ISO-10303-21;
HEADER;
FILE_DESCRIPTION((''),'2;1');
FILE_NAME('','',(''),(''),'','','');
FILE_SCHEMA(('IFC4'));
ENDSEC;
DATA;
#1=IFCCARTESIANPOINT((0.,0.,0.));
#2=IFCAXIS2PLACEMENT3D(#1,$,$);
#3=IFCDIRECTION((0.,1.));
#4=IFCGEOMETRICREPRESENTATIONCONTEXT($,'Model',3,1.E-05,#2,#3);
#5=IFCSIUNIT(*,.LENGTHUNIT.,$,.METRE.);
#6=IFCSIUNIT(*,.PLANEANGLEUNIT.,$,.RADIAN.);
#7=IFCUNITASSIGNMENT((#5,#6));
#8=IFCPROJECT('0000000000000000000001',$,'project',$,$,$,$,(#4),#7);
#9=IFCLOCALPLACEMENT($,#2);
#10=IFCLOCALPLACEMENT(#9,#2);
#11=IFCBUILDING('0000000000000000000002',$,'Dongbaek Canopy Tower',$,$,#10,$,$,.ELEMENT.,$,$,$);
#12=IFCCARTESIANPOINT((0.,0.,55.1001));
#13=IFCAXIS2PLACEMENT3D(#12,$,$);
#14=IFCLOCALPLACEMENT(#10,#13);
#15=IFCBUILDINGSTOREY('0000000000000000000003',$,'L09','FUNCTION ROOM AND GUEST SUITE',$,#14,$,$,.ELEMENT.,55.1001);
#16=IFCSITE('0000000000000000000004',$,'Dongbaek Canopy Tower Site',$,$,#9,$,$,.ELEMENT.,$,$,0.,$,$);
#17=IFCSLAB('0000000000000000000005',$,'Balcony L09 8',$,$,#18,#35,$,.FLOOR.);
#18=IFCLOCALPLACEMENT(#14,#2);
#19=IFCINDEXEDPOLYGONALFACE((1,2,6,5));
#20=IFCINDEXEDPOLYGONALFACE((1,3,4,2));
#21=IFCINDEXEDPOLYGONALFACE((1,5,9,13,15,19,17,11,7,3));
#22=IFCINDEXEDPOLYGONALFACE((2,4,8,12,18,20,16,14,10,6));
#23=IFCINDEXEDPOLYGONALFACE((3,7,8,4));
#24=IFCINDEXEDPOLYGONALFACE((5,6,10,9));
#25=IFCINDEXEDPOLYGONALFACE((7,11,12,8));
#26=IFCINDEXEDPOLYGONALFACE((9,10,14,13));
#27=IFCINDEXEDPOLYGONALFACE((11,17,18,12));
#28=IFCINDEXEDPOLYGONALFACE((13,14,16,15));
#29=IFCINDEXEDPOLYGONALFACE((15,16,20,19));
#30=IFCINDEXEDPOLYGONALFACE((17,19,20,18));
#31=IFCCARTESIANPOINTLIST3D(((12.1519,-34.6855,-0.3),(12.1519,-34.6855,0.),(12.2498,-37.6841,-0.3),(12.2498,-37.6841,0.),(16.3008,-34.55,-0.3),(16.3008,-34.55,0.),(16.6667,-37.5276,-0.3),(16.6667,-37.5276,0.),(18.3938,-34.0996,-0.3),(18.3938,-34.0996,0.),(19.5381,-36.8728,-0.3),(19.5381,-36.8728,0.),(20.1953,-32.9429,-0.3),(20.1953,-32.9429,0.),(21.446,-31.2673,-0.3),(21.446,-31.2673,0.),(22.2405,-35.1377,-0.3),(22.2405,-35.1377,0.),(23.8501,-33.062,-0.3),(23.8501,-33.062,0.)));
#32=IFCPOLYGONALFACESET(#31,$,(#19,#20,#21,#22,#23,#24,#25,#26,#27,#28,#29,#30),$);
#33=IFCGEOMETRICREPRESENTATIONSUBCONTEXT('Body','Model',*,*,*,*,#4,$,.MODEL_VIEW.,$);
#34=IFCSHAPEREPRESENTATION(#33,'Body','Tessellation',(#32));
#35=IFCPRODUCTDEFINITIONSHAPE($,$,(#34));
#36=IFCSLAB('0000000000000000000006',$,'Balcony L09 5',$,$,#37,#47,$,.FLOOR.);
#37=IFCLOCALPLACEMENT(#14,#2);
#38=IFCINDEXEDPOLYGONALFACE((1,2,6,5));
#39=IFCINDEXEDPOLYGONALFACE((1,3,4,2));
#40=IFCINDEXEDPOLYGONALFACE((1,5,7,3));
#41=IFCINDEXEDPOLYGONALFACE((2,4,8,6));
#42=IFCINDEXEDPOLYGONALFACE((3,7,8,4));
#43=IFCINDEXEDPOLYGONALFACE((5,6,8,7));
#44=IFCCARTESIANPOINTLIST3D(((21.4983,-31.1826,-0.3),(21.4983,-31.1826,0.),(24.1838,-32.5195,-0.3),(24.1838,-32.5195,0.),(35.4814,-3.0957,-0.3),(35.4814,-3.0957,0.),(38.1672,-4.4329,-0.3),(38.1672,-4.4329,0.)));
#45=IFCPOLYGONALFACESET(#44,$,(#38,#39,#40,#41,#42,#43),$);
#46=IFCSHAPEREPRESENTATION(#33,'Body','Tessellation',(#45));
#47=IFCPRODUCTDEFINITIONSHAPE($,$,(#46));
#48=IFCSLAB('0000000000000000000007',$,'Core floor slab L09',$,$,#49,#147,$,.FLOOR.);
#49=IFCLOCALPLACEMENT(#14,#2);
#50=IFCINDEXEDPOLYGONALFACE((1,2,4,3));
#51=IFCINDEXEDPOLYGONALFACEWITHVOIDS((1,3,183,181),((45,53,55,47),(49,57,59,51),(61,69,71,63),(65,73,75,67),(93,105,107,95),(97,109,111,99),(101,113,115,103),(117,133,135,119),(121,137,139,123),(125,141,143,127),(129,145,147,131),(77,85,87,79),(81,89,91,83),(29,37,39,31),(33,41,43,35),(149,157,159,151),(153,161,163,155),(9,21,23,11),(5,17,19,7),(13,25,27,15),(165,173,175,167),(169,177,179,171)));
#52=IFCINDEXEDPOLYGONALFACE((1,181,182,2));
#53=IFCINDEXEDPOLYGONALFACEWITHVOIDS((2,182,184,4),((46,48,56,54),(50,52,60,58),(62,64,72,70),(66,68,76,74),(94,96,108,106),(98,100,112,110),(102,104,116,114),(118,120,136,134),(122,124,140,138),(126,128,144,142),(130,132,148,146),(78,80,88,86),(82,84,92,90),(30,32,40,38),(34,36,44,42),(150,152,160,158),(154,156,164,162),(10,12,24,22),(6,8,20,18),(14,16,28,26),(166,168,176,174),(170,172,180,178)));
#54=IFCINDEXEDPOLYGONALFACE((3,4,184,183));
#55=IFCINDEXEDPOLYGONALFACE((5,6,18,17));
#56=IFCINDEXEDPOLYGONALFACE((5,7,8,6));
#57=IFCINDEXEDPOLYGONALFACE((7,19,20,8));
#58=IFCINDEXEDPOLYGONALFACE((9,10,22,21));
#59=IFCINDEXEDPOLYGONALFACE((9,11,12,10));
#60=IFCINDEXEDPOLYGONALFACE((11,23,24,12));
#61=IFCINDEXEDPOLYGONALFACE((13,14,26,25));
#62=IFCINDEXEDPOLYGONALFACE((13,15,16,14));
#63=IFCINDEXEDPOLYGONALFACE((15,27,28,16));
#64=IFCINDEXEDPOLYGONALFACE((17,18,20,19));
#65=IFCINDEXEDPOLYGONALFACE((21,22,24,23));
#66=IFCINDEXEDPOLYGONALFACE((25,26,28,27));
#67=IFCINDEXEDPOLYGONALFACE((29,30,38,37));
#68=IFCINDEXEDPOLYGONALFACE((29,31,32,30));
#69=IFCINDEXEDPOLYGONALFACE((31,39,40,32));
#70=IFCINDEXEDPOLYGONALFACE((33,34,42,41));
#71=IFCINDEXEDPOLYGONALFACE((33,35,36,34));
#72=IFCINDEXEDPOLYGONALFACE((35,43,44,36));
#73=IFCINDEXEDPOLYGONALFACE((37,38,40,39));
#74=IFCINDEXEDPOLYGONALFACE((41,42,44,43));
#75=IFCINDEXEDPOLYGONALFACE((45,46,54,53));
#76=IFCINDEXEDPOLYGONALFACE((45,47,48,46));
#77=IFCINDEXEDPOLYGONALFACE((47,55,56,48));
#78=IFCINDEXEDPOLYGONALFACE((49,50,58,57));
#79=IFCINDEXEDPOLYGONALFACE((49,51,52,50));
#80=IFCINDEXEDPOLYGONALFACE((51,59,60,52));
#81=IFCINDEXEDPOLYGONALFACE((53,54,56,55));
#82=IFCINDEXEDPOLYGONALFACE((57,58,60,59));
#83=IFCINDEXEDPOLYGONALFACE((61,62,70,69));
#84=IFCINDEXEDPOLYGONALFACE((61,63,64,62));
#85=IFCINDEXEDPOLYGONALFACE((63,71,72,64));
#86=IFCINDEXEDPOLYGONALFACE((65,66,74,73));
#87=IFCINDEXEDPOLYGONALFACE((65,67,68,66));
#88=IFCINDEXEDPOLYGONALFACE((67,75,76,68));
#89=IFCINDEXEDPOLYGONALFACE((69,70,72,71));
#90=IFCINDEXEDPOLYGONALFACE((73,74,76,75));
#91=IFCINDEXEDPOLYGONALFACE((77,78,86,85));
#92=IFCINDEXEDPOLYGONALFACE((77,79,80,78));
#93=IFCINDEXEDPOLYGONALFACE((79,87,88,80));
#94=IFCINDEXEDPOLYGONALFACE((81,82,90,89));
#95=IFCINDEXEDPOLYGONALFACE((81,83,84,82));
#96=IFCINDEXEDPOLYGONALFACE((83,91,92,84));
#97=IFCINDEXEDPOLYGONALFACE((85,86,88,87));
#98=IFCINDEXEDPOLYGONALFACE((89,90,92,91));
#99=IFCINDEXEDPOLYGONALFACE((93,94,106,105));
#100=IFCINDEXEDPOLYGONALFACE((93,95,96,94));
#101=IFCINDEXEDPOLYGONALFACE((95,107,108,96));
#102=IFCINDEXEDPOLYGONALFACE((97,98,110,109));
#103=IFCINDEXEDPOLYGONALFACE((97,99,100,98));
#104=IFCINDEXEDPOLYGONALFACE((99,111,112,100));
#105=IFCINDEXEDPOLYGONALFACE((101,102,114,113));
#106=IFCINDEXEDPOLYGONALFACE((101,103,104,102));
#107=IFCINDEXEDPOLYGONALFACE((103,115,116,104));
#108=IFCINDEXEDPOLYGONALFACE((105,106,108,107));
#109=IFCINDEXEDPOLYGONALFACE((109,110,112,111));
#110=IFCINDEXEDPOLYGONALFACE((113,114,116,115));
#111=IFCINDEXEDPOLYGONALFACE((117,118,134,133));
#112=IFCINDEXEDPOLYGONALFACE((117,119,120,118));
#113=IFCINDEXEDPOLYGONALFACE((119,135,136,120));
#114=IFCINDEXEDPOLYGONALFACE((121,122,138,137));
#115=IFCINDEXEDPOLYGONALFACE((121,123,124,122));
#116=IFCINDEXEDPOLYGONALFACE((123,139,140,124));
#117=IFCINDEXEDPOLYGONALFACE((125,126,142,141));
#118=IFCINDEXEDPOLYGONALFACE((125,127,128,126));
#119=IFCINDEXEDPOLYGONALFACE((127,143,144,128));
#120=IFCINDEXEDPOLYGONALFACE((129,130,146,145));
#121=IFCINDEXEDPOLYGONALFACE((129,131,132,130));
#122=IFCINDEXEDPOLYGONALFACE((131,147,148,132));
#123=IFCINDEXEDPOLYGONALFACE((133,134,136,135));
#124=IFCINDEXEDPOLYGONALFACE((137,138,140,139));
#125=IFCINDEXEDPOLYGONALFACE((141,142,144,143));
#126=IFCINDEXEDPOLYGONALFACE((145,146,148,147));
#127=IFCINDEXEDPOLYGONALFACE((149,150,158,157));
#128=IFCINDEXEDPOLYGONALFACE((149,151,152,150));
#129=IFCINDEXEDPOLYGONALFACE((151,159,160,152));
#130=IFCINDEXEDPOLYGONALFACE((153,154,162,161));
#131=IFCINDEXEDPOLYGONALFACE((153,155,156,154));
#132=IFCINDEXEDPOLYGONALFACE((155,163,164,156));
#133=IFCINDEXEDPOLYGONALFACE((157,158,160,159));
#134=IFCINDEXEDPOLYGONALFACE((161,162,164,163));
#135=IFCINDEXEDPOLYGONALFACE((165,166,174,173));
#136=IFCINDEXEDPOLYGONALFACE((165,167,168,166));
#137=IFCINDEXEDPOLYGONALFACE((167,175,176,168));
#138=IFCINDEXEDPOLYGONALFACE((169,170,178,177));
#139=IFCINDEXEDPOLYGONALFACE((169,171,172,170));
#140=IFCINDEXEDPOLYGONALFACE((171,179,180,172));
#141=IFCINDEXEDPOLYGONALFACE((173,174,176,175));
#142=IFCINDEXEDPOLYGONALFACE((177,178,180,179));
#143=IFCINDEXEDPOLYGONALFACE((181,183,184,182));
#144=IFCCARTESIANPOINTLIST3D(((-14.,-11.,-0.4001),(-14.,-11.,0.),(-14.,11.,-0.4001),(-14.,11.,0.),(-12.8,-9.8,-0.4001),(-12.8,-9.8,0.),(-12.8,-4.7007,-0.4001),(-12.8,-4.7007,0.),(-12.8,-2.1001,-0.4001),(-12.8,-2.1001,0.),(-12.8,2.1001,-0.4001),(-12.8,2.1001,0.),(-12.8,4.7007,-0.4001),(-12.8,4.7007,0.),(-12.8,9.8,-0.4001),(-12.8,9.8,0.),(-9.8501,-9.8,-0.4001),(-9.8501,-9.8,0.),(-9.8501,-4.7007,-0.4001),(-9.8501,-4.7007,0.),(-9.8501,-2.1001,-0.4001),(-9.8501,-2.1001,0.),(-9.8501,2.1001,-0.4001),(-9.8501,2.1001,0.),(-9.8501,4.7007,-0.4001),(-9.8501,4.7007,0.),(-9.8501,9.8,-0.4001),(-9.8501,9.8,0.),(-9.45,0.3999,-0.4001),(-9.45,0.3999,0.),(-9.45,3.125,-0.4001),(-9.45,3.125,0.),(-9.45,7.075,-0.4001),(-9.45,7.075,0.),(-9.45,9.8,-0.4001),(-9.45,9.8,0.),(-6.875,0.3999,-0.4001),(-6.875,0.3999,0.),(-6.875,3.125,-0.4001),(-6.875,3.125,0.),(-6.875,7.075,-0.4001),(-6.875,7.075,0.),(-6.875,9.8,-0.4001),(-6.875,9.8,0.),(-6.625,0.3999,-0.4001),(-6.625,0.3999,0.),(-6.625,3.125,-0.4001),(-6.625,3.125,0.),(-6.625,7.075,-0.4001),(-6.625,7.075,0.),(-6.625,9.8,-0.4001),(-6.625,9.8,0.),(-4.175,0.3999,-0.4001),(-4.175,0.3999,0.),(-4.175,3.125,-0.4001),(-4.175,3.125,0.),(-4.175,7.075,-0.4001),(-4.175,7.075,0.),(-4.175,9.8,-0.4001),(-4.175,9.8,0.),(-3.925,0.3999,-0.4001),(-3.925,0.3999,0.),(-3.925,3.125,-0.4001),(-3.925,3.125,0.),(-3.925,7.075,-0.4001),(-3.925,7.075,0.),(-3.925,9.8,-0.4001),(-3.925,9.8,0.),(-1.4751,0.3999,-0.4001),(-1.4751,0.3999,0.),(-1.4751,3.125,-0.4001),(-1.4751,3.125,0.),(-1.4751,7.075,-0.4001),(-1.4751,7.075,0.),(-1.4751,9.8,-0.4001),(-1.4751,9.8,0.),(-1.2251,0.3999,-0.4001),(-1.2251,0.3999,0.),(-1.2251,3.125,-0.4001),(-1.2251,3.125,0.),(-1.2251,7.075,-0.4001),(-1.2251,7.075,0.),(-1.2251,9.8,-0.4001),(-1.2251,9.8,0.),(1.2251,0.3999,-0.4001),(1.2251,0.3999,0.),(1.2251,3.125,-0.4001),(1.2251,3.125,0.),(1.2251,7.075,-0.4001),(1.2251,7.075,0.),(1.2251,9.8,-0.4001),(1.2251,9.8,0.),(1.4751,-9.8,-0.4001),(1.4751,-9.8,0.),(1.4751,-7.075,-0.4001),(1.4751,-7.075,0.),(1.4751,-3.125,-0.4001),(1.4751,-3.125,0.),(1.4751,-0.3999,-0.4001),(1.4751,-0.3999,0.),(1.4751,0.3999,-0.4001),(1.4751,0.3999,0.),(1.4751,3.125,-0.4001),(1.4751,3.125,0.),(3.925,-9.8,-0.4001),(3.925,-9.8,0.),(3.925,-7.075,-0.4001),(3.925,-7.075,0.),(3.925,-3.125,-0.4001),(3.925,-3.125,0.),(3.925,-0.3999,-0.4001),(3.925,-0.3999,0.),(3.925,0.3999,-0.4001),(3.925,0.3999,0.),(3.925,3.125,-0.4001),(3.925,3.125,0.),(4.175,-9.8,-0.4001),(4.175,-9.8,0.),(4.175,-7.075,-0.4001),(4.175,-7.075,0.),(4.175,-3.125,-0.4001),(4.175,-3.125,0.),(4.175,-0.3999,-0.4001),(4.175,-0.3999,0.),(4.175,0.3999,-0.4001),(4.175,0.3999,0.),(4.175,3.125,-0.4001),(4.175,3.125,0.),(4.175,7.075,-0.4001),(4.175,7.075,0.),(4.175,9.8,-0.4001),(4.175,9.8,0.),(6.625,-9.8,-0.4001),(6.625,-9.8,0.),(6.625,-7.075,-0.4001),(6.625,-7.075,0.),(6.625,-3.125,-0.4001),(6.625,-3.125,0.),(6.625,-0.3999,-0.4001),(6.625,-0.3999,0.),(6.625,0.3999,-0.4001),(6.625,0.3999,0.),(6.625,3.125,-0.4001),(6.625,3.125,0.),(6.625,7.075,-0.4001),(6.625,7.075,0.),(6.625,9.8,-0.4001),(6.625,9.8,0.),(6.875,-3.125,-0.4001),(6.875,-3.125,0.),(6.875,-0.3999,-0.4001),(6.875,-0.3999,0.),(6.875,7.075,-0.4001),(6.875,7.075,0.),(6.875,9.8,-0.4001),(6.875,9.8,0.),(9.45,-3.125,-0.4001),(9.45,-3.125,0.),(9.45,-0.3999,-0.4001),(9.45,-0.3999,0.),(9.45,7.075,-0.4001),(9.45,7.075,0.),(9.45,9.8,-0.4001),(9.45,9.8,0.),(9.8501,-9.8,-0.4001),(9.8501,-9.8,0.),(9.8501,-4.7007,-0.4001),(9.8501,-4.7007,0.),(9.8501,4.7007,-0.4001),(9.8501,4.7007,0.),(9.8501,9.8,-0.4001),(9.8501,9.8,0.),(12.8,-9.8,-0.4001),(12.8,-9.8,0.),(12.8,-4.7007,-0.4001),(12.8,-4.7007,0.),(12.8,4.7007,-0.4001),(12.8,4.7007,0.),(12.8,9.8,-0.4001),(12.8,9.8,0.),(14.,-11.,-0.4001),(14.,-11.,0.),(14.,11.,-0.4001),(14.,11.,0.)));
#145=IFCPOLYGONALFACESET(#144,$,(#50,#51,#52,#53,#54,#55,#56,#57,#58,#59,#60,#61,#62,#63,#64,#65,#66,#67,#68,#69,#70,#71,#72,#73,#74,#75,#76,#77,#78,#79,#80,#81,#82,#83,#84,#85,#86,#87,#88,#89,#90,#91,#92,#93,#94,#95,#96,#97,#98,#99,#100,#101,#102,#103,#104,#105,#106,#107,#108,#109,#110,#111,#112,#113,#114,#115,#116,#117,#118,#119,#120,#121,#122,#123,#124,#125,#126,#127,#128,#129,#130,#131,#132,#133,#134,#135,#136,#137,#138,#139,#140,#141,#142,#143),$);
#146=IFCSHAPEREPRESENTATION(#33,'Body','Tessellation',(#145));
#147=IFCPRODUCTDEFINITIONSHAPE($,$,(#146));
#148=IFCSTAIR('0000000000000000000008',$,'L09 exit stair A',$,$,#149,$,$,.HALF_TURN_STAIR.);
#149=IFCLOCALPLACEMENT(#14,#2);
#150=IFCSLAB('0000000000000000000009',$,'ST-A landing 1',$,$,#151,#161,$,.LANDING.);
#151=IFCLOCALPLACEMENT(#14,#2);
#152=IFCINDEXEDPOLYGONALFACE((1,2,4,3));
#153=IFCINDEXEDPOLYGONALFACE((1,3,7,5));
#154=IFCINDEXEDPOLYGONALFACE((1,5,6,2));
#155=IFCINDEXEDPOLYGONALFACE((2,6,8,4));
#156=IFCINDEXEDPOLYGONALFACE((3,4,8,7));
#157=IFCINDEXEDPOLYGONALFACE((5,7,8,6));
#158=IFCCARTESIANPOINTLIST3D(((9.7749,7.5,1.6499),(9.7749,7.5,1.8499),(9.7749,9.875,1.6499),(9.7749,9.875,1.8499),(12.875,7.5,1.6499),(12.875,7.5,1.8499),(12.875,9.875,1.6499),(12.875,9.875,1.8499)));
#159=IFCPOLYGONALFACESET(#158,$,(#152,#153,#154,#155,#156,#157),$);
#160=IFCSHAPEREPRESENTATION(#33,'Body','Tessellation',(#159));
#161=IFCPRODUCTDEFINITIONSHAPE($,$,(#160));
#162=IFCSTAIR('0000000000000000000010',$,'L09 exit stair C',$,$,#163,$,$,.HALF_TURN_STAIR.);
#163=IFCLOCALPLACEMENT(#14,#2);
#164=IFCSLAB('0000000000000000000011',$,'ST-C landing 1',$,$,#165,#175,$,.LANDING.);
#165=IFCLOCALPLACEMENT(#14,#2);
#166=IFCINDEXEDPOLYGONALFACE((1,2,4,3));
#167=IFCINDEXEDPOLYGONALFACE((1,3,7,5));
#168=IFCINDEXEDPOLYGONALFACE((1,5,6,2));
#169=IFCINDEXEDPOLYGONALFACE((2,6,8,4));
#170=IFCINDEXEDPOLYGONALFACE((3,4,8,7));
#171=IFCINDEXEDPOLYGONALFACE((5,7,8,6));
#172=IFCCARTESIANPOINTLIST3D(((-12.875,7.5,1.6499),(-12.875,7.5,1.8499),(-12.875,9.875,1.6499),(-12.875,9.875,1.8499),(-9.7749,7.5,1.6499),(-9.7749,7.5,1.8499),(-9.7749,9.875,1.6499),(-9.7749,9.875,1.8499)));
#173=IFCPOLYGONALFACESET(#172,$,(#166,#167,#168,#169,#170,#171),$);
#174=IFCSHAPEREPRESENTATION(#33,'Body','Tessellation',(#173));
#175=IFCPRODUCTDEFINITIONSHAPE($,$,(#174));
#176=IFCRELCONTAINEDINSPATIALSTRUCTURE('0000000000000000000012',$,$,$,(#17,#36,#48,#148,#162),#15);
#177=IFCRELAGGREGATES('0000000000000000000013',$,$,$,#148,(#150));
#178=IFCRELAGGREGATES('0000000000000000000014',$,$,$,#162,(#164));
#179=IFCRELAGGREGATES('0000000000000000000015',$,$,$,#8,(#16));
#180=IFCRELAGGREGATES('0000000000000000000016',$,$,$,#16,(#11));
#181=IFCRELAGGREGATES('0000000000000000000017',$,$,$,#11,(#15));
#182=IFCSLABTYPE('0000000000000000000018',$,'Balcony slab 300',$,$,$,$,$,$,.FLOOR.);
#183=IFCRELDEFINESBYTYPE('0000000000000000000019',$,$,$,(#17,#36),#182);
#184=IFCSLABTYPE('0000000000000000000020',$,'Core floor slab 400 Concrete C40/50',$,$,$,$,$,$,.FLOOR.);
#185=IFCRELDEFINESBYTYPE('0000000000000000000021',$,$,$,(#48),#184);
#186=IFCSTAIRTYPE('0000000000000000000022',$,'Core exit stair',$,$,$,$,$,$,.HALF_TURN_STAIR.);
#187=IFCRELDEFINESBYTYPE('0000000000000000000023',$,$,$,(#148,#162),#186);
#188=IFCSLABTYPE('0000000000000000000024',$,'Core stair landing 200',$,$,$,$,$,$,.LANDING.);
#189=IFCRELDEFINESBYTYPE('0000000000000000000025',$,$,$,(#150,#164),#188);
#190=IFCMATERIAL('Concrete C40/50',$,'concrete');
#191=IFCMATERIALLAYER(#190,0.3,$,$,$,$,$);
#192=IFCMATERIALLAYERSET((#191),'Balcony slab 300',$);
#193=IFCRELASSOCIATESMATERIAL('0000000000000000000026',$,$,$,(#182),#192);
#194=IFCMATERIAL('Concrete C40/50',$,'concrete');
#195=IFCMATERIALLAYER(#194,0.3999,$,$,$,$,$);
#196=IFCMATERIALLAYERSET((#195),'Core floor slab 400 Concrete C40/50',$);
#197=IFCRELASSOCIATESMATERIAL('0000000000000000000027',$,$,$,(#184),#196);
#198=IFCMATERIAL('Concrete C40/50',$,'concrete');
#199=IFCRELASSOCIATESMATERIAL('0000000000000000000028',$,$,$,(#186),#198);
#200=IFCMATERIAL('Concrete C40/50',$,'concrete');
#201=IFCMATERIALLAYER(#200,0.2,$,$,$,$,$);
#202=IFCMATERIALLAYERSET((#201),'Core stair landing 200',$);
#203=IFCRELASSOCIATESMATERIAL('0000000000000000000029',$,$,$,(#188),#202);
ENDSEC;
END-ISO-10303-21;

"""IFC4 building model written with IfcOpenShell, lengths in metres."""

from ifc_helpers import new_model, si_unit, direction, frame, origin, place, context, subcontext, project, spatial, polyline, outline, extrude, material, layer, layer_set, type_object, element, aggregate, save


model = new_model("IFC4")

# Units and contexts
model_context = context("Model", 3, precision=1e-05, world=origin(), true_north=direction((0.0, 1.0)))
body_context = subcontext(model_context, "Body", "Model", "MODEL_VIEW")
ifc_project = project(units=[si_unit("LENGTHUNIT", "METRE"), si_unit("PLANEANGLEUNIT", "RADIAN")], contexts=[model_context])

# Site, building, storey
site_placement = place(None, origin())
site = spatial("IfcSite", under=ifc_project, at=site_placement, Name="Dongbaek Canopy Tower Site", CompositionType="ELEMENT", RefElevation=0.0)
building_placement = place(site_placement, origin())
building = spatial("IfcBuilding", under=site, at=building_placement, Name="Dongbaek Canopy Tower", CompositionType="ELEMENT")
storey_placement = place(building_placement, frame((0.0, 0.0, 55.1001)))
storey = spatial("IfcBuildingStorey", under=building, at=storey_placement, Name="L09", Description="FUNCTION ROOM AND GUEST SUITE", CompositionType="ELEMENT", Elevation=55.1001)

# Slabs
ifc_material_1 = material(Name="Concrete C40/50", Category="concrete")
ifc_layer_1 = layer(ifc_material_1, 0.3)
ifc_layer_set_1 = layer_set([ifc_layer_1], Name="Balcony slab 300")
slab_type_1 = type_object("IfcSlabType", Name="Balcony slab 300", PredefinedType="FLOOR", material=ifc_layer_set_1)
slab_1_placement = place(storey_placement, frame((0.0, 0.0, -0.3)))
element("IfcSlab", 1, at=slab_1_placement, inside=storey, type_object=slab_type_1, Name="Balcony L09 8", PredefinedType="FLOOR", context=body_context, shape_type="SweptSolid", body=[
    extrude(outline(polyline([(12.1519, -34.6855), (16.3008, -34.55), (18.3938, -34.0996), (20.1953, -32.9429), (21.446, -31.2673), (23.8501, -33.062), (22.2405, -35.1377), (19.5381, -36.8728), (16.6667, -37.5276), (12.2498, -37.6841), (12.1519, -34.6855)])), origin(), (0.0, 0.0, 1.0), 0.3),
])
slab_2_placement = place(storey_placement, frame((0.0, 0.0, -0.3)))
element("IfcSlab", 2, at=slab_2_placement, inside=storey, type_object=slab_type_1, Name="Balcony L09 5", PredefinedType="FLOOR", context=body_context, shape_type="SweptSolid", body=[
    extrude(outline(polyline([(21.4983, -31.1826), (35.4814, -3.0957), (38.1672, -4.4329), (24.1838, -32.5195), (21.4983, -31.1826)])), origin(), (0.0, 0.0, 1.0), 0.3),
])
ifc_material_2 = material(Name="Concrete C40/50", Category="concrete")
ifc_layer_2 = layer(ifc_material_2, 0.3999)
ifc_layer_set_2 = layer_set([ifc_layer_2], Name="Core floor slab 400 Concrete C40/50")
slab_type_2 = type_object("IfcSlabType", Name="Core floor slab 400 Concrete C40/50", PredefinedType="FLOOR", material=ifc_layer_set_2)
slab_3_placement = place(storey_placement, frame((0.0, 0.0, -0.4001)))
element("IfcSlab", 3, at=slab_3_placement, inside=storey, type_object=slab_type_2, Name="Core floor slab L09", PredefinedType="FLOOR", context=body_context, shape_type="SweptSolid", body=[
    extrude(outline(polyline([(14.0, -11.0), (14.0, 11.0), (-14.0, 11.0), (-14.0, -11.0), (14.0, -11.0)]), holes=[polyline([(-12.8, 2.1001), (-9.8501, 2.1001), (-9.8501, -2.1001), (-12.8, -2.1001), (-12.8, 2.1001)]), polyline([(-6.875, 9.8), (-6.875, 7.075), (-9.45, 7.075), (-9.45, 9.8), (-6.875, 9.8)]), polyline([(-4.175, 9.8), (-4.175, 7.075), (-6.625, 7.075), (-6.625, 9.8), (-4.175, 9.8)]), polyline([(-1.4751, 9.8), (-1.4751, 7.075), (-3.925, 7.075), (-3.925, 9.8), (-1.4751, 9.8)]), polyline([(1.2251, 9.8), (1.2251, 7.075), (-1.2251, 7.075), (-1.2251, 9.8), (1.2251, 9.8)]), polyline([(6.625, 9.8), (6.625, 7.075), (4.175, 7.075), (4.175, 9.8), (6.625, 9.8)]), polyline([(9.45, 7.075), (6.875, 7.075), (6.875, 9.8), (9.45, 9.8), (9.45, 7.075)]), polyline([(-9.45, 3.125), (-6.875, 3.125), (-6.875, 0.3999), (-9.45, 0.3999), (-9.45, 3.125)]), polyline([(-6.625, 3.125), (-4.175, 3.125), (-4.175, 0.3999), (-6.625, 0.3999), (-6.625, 3.125)]), polyline([(-3.925, 3.125), (-1.4751, 3.125), (-1.4751, 0.3999), (-3.925, 0.3999), (-3.925, 3.125)]), polyline([(-1.2251, 3.125), (1.2251, 3.125), (1.2251, 0.3999), (-1.2251, 0.3999), (-1.2251, 3.125)]), polyline([(1.4751, 0.3999), (1.4751, 3.125), (3.925, 3.125), (3.925, 0.3999), (1.4751, 0.3999)]), polyline([(4.175, 0.3999), (4.175, 3.125), (6.625, 3.125), (6.625, 0.3999), (4.175, 0.3999)]), polyline([(3.925, -0.3999), (3.925, -3.125), (1.4751, -3.125), (1.4751, -0.3999), (3.925, -0.3999)]), polyline([(6.625, -0.3999), (6.625, -3.125), (4.175, -3.125), (4.175, -0.3999), (6.625, -0.3999)]), polyline([(9.45, -3.125), (6.875, -3.125), (6.875, -0.3999), (9.45, -0.3999), (9.45, -3.125)]), polyline([(1.4751, -9.8), (1.4751, -7.075), (3.925, -7.075), (3.925, -9.8), (1.4751, -9.8)]), polyline([(4.175, -9.8), (4.175, -7.075), (6.625, -7.075), (6.625, -9.8), (4.175, -9.8)]), polyline([(12.8, 4.7007), (12.8, 9.8), (9.8501, 9.8), (9.8501, 4.7007), (12.8, 4.7007)]), polyline([(-9.8501, 4.7007), (-9.8501, 9.8), (-12.8, 9.8), (-12.8, 4.7007), (-9.8501, 4.7007)]), polyline([(9.8501, -4.7007), (9.8501, -9.8), (12.8, -9.8), (12.8, -4.7007), (9.8501, -4.7007)]), polyline([(-12.8, -4.7007), (-12.8, -9.8), (-9.8501, -9.8), (-9.8501, -4.7007), (-12.8, -4.7007)])]), origin(), (0.0, 0.0, 1.0), 0.4001),
])

# Stairs, slabs
ifc_material_3 = material(Name="Concrete C40/50", Category="concrete")
stair_type = type_object("IfcStairType", Name="Core exit stair", PredefinedType="HALF_TURN_STAIR", material=ifc_material_3)
stair_1_placement = place(storey_placement, origin())
stair_1 = element("IfcStair", 4, at=stair_1_placement, inside=storey, type_object=stair_type, Name="L09 exit stair A", PredefinedType="HALF_TURN_STAIR")
ifc_material_4 = material(Name="Concrete C40/50", Category="concrete")
ifc_layer_3 = layer(ifc_material_4, 0.2)
ifc_layer_set_3 = layer_set([ifc_layer_3], Name="Core stair landing 200")
slab_type_3 = type_object("IfcSlabType", Name="Core stair landing 200", PredefinedType="LANDING", material=ifc_layer_set_3)
slab_4_placement = place(storey_placement, frame((0.0, 0.0, 1.6499)))
slab_4 = element("IfcSlab", 5, at=slab_4_placement, type_object=slab_type_3, Name="ST-A landing 1", PredefinedType="LANDING", context=body_context, shape_type="SweptSolid", body=[
    extrude(outline(polyline([(12.875, 7.5), (12.875, 9.875), (9.7749, 9.875), (9.7749, 7.5), (12.875, 7.5)])), origin(), (0.0, 0.0, 1.0), 0.2),
])
aggregate(stair_1, [slab_4])
stair_2_placement = place(storey_placement, origin())
stair_2 = element("IfcStair", 6, at=stair_2_placement, inside=storey, type_object=stair_type, Name="L09 exit stair C", PredefinedType="HALF_TURN_STAIR")
slab_5_placement = place(storey_placement, frame((0.0, 0.0, 1.6499)))
slab_5 = element("IfcSlab", 7, at=slab_5_placement, type_object=slab_type_3, Name="ST-C landing 1", PredefinedType="LANDING", context=body_context, shape_type="SweptSolid", body=[
    extrude(outline(polyline([(-9.7749, 7.5), (-9.7749, 9.875), (-12.875, 9.875), (-12.875, 7.5), (-9.7749, 7.5)])), origin(), (0.0, 0.0, 1.0), 0.2),
])
aggregate(stair_2, [slab_5])

save(model, "model.ifc")
